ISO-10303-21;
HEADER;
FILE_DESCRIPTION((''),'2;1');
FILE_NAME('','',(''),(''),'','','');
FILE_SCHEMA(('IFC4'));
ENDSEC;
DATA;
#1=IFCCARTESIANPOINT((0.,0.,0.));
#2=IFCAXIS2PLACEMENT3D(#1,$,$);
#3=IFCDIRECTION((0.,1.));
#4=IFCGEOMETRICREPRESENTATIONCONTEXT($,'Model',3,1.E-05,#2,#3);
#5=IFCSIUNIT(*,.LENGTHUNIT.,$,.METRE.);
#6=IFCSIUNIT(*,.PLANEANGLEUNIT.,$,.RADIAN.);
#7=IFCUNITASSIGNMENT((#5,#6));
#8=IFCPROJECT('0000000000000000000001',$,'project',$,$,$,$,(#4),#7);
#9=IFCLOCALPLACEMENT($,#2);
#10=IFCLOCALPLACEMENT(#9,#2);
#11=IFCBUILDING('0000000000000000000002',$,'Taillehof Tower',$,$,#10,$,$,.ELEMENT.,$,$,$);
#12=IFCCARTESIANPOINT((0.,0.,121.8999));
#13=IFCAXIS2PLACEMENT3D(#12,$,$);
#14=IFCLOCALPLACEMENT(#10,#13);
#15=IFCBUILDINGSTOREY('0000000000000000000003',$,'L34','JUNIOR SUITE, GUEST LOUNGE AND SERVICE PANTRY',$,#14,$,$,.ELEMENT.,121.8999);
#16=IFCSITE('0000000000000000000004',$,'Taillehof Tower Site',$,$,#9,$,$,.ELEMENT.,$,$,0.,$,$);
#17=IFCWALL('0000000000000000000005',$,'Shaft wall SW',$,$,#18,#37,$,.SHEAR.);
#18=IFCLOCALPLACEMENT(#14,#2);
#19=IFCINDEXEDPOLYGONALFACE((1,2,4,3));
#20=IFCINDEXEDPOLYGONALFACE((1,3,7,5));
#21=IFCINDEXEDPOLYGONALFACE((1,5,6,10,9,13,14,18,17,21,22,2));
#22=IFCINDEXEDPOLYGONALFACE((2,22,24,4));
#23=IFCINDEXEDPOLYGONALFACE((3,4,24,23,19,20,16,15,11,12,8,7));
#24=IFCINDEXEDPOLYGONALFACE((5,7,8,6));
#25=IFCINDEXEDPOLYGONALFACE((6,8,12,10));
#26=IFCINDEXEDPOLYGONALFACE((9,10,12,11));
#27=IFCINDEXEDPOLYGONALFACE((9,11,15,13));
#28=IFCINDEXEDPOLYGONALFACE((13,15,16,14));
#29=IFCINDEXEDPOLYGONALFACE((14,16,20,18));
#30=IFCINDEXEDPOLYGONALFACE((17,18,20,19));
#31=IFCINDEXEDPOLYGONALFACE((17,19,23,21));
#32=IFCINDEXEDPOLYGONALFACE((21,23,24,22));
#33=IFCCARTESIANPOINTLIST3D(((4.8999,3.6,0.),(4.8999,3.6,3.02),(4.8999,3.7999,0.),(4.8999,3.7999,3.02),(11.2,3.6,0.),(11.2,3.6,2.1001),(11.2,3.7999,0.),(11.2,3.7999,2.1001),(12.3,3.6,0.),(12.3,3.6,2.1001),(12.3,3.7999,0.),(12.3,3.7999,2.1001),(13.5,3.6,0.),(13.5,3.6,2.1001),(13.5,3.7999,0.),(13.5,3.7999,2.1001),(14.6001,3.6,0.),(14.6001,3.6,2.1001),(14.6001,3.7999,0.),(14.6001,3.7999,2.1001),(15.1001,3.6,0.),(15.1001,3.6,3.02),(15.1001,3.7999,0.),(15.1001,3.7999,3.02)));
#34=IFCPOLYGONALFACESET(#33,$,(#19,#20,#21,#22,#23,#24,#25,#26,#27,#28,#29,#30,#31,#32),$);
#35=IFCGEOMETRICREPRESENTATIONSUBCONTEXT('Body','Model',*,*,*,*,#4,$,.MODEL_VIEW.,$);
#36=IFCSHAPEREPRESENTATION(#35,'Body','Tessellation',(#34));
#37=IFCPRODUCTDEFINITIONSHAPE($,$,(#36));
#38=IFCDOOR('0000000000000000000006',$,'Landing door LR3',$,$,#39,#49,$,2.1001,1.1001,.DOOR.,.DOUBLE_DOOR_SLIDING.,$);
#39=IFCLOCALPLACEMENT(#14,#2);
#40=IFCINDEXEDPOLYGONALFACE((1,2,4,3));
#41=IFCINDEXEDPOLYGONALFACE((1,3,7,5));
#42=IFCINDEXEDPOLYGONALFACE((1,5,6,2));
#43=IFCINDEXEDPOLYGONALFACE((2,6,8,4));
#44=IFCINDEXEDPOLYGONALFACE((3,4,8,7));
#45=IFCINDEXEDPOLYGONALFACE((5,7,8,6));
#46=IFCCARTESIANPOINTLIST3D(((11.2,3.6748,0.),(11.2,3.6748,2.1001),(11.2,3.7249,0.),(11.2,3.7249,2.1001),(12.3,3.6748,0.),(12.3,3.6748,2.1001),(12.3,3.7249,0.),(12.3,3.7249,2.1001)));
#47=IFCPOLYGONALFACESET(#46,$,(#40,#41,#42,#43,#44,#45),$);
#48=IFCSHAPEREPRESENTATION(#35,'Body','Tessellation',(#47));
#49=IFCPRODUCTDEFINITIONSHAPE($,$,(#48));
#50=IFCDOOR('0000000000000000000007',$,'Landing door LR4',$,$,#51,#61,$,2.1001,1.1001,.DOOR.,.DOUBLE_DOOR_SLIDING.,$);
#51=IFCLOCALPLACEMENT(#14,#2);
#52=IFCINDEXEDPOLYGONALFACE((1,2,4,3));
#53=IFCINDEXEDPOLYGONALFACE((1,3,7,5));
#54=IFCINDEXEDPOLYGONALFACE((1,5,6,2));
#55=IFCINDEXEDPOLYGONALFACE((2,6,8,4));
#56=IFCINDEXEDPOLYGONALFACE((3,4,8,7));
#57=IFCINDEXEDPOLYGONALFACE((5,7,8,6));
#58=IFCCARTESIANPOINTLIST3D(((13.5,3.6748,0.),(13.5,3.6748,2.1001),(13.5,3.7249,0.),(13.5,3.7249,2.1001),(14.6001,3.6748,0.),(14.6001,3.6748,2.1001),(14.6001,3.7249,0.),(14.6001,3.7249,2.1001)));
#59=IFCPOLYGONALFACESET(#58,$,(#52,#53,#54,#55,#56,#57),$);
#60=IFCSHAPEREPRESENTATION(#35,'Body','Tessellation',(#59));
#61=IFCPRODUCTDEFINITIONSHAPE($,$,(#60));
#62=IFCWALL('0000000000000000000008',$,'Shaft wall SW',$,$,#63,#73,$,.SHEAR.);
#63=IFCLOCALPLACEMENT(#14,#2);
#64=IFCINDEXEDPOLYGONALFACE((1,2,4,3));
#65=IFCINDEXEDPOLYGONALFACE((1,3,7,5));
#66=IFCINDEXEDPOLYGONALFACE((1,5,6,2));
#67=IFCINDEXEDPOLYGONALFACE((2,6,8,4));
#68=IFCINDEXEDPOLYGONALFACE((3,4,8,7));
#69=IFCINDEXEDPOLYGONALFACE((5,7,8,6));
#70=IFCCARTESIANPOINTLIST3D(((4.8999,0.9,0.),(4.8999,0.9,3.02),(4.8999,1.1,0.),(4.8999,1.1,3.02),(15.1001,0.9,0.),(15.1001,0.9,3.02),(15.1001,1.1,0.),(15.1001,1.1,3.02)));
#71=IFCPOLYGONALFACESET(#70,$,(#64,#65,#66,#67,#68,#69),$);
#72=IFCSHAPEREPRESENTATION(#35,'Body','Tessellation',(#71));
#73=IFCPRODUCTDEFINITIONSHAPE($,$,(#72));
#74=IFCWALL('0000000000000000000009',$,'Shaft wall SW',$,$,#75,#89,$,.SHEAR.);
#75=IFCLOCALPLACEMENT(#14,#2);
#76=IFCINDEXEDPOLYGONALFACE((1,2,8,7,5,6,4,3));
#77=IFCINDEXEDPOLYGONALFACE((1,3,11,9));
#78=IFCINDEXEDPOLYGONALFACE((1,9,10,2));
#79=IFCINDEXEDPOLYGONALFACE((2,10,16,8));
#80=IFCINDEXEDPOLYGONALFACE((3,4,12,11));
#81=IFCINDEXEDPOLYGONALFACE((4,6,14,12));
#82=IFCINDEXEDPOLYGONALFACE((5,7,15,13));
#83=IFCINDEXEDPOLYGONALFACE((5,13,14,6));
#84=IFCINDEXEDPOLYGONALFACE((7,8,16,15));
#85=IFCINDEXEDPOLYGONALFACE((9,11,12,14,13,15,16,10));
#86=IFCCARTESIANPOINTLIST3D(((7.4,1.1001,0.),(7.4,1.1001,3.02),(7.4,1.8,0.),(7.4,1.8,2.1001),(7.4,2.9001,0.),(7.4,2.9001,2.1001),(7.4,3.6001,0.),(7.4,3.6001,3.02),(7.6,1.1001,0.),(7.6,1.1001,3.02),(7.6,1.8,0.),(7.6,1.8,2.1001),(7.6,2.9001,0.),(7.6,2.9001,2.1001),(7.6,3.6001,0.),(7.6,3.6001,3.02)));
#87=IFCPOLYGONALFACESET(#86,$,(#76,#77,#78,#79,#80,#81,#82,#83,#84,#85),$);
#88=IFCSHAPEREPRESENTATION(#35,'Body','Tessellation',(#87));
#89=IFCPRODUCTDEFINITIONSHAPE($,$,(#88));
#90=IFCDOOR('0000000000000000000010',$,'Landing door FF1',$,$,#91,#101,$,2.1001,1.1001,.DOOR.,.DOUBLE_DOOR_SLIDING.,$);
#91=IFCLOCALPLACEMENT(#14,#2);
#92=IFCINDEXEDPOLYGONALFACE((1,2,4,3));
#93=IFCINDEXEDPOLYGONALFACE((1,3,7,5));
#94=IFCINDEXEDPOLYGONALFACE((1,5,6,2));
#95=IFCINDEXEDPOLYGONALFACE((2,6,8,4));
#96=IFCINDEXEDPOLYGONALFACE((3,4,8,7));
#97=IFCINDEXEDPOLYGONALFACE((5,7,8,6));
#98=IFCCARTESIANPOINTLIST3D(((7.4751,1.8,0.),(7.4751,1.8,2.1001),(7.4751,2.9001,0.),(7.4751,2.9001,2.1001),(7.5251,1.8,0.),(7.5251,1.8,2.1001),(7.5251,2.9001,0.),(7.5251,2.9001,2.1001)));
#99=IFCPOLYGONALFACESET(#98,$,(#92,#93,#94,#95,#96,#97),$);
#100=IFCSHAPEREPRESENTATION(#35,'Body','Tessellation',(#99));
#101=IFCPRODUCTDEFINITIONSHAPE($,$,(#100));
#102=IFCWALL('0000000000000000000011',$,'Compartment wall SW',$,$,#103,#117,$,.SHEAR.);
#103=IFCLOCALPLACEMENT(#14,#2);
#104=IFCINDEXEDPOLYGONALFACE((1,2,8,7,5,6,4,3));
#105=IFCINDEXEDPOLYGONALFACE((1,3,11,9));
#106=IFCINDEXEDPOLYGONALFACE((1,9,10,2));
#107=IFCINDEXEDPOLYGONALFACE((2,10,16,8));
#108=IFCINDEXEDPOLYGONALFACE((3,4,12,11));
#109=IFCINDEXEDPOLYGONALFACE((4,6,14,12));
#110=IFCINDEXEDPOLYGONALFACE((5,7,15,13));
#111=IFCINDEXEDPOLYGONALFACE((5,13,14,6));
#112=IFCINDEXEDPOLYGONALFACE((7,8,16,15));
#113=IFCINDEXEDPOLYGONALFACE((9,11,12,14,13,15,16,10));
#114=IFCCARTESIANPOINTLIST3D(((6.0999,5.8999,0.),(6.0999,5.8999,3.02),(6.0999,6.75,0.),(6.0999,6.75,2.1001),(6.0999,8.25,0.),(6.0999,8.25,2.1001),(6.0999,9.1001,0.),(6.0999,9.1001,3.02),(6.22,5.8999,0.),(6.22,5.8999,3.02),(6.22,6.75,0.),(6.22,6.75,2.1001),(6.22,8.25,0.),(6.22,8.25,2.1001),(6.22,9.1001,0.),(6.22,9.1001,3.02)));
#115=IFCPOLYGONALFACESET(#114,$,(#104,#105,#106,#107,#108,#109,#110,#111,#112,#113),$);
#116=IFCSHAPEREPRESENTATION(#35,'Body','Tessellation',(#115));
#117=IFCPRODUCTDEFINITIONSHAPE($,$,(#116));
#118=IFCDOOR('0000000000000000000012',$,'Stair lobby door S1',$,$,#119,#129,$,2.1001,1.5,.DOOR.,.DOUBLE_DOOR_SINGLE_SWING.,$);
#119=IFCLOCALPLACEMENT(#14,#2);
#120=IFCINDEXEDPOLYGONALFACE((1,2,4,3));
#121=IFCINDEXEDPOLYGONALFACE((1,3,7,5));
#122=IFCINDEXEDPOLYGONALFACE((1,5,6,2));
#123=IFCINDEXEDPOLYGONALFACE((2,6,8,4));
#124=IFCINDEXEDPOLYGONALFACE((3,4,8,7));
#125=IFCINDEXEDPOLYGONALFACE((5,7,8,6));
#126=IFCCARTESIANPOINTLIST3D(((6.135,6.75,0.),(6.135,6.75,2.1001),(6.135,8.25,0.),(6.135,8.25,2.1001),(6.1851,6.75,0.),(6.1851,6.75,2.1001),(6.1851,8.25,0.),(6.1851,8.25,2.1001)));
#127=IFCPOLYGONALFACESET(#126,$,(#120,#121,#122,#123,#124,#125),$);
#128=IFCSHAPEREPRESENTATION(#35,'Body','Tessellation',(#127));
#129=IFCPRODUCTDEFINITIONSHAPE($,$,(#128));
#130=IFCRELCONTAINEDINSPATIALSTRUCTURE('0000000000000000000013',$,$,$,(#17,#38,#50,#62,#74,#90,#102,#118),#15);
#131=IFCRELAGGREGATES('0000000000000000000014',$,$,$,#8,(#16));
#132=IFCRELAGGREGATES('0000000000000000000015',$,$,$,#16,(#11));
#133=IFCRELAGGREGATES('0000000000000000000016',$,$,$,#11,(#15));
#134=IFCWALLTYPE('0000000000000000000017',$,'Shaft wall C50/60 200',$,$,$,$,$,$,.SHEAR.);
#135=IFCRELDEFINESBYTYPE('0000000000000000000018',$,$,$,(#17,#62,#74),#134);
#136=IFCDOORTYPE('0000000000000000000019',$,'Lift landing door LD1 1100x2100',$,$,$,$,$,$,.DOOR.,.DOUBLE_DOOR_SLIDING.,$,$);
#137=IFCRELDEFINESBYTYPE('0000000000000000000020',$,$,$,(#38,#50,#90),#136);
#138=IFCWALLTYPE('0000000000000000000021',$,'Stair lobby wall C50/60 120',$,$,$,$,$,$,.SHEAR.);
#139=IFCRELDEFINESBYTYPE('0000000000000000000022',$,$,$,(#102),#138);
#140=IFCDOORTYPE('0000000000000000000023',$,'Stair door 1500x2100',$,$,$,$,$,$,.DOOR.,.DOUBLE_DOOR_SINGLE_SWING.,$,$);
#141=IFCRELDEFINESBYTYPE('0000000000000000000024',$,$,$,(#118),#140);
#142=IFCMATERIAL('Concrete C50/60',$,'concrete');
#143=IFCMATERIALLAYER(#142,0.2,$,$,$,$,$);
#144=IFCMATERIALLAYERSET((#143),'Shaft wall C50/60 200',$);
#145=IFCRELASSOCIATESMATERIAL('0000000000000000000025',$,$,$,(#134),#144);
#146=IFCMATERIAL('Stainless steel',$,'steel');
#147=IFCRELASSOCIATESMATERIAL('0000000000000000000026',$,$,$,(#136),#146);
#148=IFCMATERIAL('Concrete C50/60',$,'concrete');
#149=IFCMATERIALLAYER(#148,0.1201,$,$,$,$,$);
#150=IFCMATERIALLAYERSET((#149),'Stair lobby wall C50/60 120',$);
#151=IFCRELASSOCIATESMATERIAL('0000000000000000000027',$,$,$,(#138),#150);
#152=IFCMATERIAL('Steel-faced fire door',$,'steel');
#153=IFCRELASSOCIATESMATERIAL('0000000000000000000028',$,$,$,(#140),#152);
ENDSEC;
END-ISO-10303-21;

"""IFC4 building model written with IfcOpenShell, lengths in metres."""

from ifc_helpers import new_model, si_unit, direction, frame, frame_2d, origin, place, context, subcontext, project, spatial, rectangle, extrude, material, layer, layer_set, type_object, element, fill, save


model = new_model("IFC4")

# Units and contexts
model_context = context("Model", 3, precision=1e-05, world=origin(), true_north=direction((0.0, 1.0)))
body_context = subcontext(model_context, "Body", "Model", "MODEL_VIEW")
ifc_project = project(units=[si_unit("LENGTHUNIT", "METRE"), si_unit("PLANEANGLEUNIT", "RADIAN")], contexts=[model_context])

# Site, building, storey
site_placement = place(None, origin())
site = spatial("IfcSite", under=ifc_project, at=site_placement, Name="Taillehof Tower Site", CompositionType="ELEMENT", RefElevation=0.0)
building_placement = place(site_placement, origin())
building = spatial("IfcBuilding", under=site, at=building_placement, Name="Taillehof Tower", CompositionType="ELEMENT")
storey_placement = place(building_placement, frame((0.0, 0.0, 121.8999)))
storey = spatial("IfcBuildingStorey", under=building, at=storey_placement, Name="L34", Description="JUNIOR SUITE, GUEST LOUNGE AND SERVICE PANTRY", CompositionType="ELEMENT", Elevation=121.8999)

# Wall, openings, doors
ifc_material_1 = material(Name="Concrete C50/60", Category="concrete")
ifc_layer_1 = layer(ifc_material_1, 0.2)
ifc_layer_set_1 = layer_set([ifc_layer_1], Name="Shaft wall C50/60 200")
wall_type_1 = type_object("IfcWallType", Name="Shaft wall C50/60 200", PredefinedType="SHEAR", material=ifc_layer_set_1)
ifc_material_2 = material(Name="Stainless steel", Category="steel")
door_type_1 = type_object("IfcDoorType", Name="Lift landing door LD1 1100x2100", OperationType="DOUBLE_DOOR_SLIDING", PredefinedType="DOOR", material=ifc_material_2)
wall_1_placement = place(storey_placement, frame((4.8999, 3.7, 0.0), z_axis=(0.0, 0.0, 1.0), x_axis=(1.0, 0.0, 0.0)))
wall_1 = element("IfcWall", 1, at=wall_1_placement, inside=storey, type_object=wall_type_1, Name="Shaft wall SW", PredefinedType="SHEAR", context=body_context, shape_type="SweptSolid", body=[
    extrude(rectangle(XDim=10.2002, YDim=0.2, at=frame_2d((5.1001, 0.0))), origin(), (0.0, 0.0, 1.0), 3.02),
])
opening_1_placement = place(wall_1_placement, frame((6.3, 0.0, 0.0)))
opening_1 = element("IfcOpeningElement", 2, at=opening_1_placement, cuts=wall_1, PredefinedType="OPENING", context=body_context, shape_type="SweptSolid", body=[
    extrude(rectangle(XDim=1.1001, YDim=2.1001, at=frame_2d((0.55, 1.05))), frame((0.0, 0.1099, 0.0), z_axis=(0.0, -1.0, 0.0), x_axis=(1.0, 0.0, 0.0)), (0.0, 0.0, 1.0), 0.22),
])
opening_2_placement = place(wall_1_placement, frame((8.6001, 0.0, 0.0)))
opening_2 = element("IfcOpeningElement", 3, at=opening_2_placement, cuts=wall_1, PredefinedType="OPENING", context=body_context, shape_type="SweptSolid", body=[
    extrude(rectangle(XDim=1.1001, YDim=2.1001, at=frame_2d((0.55, 1.05))), frame((0.0, 0.1099, 0.0), z_axis=(0.0, -1.0, 0.0), x_axis=(1.0, 0.0, 0.0)), (0.0, 0.0, 1.0), 0.22),
])
door_1_placement = place(opening_1_placement, origin())
door_1 = element("IfcDoor", 4, at=door_1_placement, inside=storey, type_object=door_type_1, Name="Landing door LR3", OperationType="DOUBLE_DOOR_SLIDING", OverallHeight=2.1001, OverallWidth=1.1001, PredefinedType="DOOR", context=body_context, shape_type="SweptSolid", body=[
    extrude(rectangle(XDim=1.1001, YDim=2.1001, at=frame_2d((0.55, 1.05))), frame((0.0, 0.0249, 0.0), z_axis=(0.0, -1.0, 0.0), x_axis=(1.0, 0.0, 0.0)), (0.0, 0.0, 1.0), 0.05),
])
fill(opening_1, door_1)
door_2_placement = place(opening_2_placement, origin())
door_2 = element("IfcDoor", 5, at=door_2_placement, inside=storey, type_object=door_type_1, Name="Landing door LR4", OperationType="DOUBLE_DOOR_SLIDING", OverallHeight=2.1001, OverallWidth=1.1001, PredefinedType="DOOR", context=body_context, shape_type="SweptSolid", body=[
    extrude(rectangle(XDim=1.1001, YDim=2.1001, at=frame_2d((0.55, 1.05))), frame((0.0, 0.0249, 0.0), z_axis=(0.0, -1.0, 0.0), x_axis=(1.0, 0.0, 0.0)), (0.0, 0.0, 1.0), 0.05),
])
fill(opening_2, door_2)

# Wall
wall_2_placement = place(storey_placement, frame((4.8999, 1.0, 0.0), z_axis=(0.0, 0.0, 1.0), x_axis=(1.0, 0.0, 0.0)))
element("IfcWall", 6, at=wall_2_placement, inside=storey, type_object=wall_type_1, Name="Shaft wall SW", PredefinedType="SHEAR", context=body_context, shape_type="SweptSolid", body=[
    extrude(rectangle(XDim=10.2002, YDim=0.2, at=frame_2d((5.1001, 0.0))), origin(), (0.0, 0.0, 1.0), 3.02),
])

# Walls, openings, doors
wall_3_placement = place(storey_placement, frame((7.5, 1.1001, 0.0), z_axis=(0.0, 0.0, 1.0), x_axis=(0.0, 1.0, 0.0)))
wall_3 = element("IfcWall", 7, at=wall_3_placement, inside=storey, type_object=wall_type_1, Name="Shaft wall SW", PredefinedType="SHEAR", context=body_context, shape_type="SweptSolid", body=[
    extrude(rectangle(XDim=2.5, YDim=0.2, at=frame_2d((1.25, 0.0))), origin(), (0.0, 0.0, 1.0), 3.02),
])
opening_3_placement = place(wall_3_placement, frame((0.7, 0.0, 0.0)))
opening_3 = element("IfcOpeningElement", 8, at=opening_3_placement, cuts=wall_3, PredefinedType="OPENING", context=body_context, shape_type="SweptSolid", body=[
    extrude(rectangle(XDim=1.1001, YDim=2.1001, at=frame_2d((0.55, 1.05))), frame((0.0, 0.1099, 0.0), z_axis=(0.0, -1.0, 0.0), x_axis=(1.0, 0.0, 0.0)), (0.0, 0.0, 1.0), 0.22),
])
door_3_placement = place(opening_3_placement, origin())
door_3 = element("IfcDoor", 9, at=door_3_placement, inside=storey, type_object=door_type_1, Name="Landing door FF1", OperationType="DOUBLE_DOOR_SLIDING", OverallHeight=2.1001, OverallWidth=1.1001, PredefinedType="DOOR", context=body_context, shape_type="SweptSolid", body=[
    extrude(rectangle(XDim=1.1001, YDim=2.1001, at=frame_2d((0.55, 1.05))), frame((0.0, 0.0249, 0.0), z_axis=(0.0, -1.0, 0.0), x_axis=(1.0, 0.0, 0.0)), (0.0, 0.0, 1.0), 0.05),
])
fill(opening_3, door_3)
ifc_material_3 = material(Name="Concrete C50/60", Category="concrete")
ifc_layer_2 = layer(ifc_material_3, 0.1201)
ifc_layer_set_2 = layer_set([ifc_layer_2], Name="Stair lobby wall C50/60 120")
wall_type_2 = type_object("IfcWallType", Name="Stair lobby wall C50/60 120", PredefinedType="SHEAR", material=ifc_layer_set_2)
wall_4_placement = place(storey_placement, frame((6.1599, 5.8999, 0.0), z_axis=(0.0, 0.0, 1.0), x_axis=(0.0, 1.0, 0.0)))
wall_4 = element("IfcWall", 10, at=wall_4_placement, inside=storey, type_object=wall_type_2, Name="Compartment wall SW", PredefinedType="SHEAR", context=body_context, shape_type="SweptSolid", body=[
    extrude(rectangle(XDim=3.2002, YDim=0.1201, at=frame_2d((1.6001, 0.0))), origin(), (0.0, 0.0, 1.0), 3.02),
])
opening_4_placement = place(wall_4_placement, frame((0.8501, 0.0, 0.0)))
opening_4 = element("IfcOpeningElement", 11, at=opening_4_placement, cuts=wall_4, PredefinedType="OPENING", context=body_context, shape_type="SweptSolid", body=[
    extrude(rectangle(XDim=1.5, YDim=2.1001, at=frame_2d((0.75, 1.05))), frame((0.0, 0.0701, 0.0), z_axis=(0.0, -1.0, 0.0), x_axis=(1.0, 0.0, 0.0)), (0.0, 0.0, 1.0), 0.1401),
])
ifc_material_4 = material(Name="Steel-faced fire door", Category="steel")
door_type_2 = type_object("IfcDoorType", Name="Stair door 1500x2100", OperationType="DOUBLE_DOOR_SINGLE_SWING", PredefinedType="DOOR", material=ifc_material_4)
door_4_placement = place(opening_4_placement, origin())
door_4 = element("IfcDoor", 12, at=door_4_placement, inside=storey, type_object=door_type_2, Name="Stair lobby door S1", OperationType="DOUBLE_DOOR_SINGLE_SWING", OverallHeight=2.1001, OverallWidth=1.5, PredefinedType="DOOR", context=body_context, shape_type="SweptSolid", body=[
    extrude(rectangle(XDim=1.5, YDim=2.1001, at=frame_2d((0.75, 1.05))), frame((0.0, 0.0249, 0.0), z_axis=(0.0, -1.0, 0.0), x_axis=(1.0, 0.0, 0.0)), (0.0, 0.0, 1.0), 0.05),
])
fill(opening_4, door_4)

save(model, "model.ifc")
